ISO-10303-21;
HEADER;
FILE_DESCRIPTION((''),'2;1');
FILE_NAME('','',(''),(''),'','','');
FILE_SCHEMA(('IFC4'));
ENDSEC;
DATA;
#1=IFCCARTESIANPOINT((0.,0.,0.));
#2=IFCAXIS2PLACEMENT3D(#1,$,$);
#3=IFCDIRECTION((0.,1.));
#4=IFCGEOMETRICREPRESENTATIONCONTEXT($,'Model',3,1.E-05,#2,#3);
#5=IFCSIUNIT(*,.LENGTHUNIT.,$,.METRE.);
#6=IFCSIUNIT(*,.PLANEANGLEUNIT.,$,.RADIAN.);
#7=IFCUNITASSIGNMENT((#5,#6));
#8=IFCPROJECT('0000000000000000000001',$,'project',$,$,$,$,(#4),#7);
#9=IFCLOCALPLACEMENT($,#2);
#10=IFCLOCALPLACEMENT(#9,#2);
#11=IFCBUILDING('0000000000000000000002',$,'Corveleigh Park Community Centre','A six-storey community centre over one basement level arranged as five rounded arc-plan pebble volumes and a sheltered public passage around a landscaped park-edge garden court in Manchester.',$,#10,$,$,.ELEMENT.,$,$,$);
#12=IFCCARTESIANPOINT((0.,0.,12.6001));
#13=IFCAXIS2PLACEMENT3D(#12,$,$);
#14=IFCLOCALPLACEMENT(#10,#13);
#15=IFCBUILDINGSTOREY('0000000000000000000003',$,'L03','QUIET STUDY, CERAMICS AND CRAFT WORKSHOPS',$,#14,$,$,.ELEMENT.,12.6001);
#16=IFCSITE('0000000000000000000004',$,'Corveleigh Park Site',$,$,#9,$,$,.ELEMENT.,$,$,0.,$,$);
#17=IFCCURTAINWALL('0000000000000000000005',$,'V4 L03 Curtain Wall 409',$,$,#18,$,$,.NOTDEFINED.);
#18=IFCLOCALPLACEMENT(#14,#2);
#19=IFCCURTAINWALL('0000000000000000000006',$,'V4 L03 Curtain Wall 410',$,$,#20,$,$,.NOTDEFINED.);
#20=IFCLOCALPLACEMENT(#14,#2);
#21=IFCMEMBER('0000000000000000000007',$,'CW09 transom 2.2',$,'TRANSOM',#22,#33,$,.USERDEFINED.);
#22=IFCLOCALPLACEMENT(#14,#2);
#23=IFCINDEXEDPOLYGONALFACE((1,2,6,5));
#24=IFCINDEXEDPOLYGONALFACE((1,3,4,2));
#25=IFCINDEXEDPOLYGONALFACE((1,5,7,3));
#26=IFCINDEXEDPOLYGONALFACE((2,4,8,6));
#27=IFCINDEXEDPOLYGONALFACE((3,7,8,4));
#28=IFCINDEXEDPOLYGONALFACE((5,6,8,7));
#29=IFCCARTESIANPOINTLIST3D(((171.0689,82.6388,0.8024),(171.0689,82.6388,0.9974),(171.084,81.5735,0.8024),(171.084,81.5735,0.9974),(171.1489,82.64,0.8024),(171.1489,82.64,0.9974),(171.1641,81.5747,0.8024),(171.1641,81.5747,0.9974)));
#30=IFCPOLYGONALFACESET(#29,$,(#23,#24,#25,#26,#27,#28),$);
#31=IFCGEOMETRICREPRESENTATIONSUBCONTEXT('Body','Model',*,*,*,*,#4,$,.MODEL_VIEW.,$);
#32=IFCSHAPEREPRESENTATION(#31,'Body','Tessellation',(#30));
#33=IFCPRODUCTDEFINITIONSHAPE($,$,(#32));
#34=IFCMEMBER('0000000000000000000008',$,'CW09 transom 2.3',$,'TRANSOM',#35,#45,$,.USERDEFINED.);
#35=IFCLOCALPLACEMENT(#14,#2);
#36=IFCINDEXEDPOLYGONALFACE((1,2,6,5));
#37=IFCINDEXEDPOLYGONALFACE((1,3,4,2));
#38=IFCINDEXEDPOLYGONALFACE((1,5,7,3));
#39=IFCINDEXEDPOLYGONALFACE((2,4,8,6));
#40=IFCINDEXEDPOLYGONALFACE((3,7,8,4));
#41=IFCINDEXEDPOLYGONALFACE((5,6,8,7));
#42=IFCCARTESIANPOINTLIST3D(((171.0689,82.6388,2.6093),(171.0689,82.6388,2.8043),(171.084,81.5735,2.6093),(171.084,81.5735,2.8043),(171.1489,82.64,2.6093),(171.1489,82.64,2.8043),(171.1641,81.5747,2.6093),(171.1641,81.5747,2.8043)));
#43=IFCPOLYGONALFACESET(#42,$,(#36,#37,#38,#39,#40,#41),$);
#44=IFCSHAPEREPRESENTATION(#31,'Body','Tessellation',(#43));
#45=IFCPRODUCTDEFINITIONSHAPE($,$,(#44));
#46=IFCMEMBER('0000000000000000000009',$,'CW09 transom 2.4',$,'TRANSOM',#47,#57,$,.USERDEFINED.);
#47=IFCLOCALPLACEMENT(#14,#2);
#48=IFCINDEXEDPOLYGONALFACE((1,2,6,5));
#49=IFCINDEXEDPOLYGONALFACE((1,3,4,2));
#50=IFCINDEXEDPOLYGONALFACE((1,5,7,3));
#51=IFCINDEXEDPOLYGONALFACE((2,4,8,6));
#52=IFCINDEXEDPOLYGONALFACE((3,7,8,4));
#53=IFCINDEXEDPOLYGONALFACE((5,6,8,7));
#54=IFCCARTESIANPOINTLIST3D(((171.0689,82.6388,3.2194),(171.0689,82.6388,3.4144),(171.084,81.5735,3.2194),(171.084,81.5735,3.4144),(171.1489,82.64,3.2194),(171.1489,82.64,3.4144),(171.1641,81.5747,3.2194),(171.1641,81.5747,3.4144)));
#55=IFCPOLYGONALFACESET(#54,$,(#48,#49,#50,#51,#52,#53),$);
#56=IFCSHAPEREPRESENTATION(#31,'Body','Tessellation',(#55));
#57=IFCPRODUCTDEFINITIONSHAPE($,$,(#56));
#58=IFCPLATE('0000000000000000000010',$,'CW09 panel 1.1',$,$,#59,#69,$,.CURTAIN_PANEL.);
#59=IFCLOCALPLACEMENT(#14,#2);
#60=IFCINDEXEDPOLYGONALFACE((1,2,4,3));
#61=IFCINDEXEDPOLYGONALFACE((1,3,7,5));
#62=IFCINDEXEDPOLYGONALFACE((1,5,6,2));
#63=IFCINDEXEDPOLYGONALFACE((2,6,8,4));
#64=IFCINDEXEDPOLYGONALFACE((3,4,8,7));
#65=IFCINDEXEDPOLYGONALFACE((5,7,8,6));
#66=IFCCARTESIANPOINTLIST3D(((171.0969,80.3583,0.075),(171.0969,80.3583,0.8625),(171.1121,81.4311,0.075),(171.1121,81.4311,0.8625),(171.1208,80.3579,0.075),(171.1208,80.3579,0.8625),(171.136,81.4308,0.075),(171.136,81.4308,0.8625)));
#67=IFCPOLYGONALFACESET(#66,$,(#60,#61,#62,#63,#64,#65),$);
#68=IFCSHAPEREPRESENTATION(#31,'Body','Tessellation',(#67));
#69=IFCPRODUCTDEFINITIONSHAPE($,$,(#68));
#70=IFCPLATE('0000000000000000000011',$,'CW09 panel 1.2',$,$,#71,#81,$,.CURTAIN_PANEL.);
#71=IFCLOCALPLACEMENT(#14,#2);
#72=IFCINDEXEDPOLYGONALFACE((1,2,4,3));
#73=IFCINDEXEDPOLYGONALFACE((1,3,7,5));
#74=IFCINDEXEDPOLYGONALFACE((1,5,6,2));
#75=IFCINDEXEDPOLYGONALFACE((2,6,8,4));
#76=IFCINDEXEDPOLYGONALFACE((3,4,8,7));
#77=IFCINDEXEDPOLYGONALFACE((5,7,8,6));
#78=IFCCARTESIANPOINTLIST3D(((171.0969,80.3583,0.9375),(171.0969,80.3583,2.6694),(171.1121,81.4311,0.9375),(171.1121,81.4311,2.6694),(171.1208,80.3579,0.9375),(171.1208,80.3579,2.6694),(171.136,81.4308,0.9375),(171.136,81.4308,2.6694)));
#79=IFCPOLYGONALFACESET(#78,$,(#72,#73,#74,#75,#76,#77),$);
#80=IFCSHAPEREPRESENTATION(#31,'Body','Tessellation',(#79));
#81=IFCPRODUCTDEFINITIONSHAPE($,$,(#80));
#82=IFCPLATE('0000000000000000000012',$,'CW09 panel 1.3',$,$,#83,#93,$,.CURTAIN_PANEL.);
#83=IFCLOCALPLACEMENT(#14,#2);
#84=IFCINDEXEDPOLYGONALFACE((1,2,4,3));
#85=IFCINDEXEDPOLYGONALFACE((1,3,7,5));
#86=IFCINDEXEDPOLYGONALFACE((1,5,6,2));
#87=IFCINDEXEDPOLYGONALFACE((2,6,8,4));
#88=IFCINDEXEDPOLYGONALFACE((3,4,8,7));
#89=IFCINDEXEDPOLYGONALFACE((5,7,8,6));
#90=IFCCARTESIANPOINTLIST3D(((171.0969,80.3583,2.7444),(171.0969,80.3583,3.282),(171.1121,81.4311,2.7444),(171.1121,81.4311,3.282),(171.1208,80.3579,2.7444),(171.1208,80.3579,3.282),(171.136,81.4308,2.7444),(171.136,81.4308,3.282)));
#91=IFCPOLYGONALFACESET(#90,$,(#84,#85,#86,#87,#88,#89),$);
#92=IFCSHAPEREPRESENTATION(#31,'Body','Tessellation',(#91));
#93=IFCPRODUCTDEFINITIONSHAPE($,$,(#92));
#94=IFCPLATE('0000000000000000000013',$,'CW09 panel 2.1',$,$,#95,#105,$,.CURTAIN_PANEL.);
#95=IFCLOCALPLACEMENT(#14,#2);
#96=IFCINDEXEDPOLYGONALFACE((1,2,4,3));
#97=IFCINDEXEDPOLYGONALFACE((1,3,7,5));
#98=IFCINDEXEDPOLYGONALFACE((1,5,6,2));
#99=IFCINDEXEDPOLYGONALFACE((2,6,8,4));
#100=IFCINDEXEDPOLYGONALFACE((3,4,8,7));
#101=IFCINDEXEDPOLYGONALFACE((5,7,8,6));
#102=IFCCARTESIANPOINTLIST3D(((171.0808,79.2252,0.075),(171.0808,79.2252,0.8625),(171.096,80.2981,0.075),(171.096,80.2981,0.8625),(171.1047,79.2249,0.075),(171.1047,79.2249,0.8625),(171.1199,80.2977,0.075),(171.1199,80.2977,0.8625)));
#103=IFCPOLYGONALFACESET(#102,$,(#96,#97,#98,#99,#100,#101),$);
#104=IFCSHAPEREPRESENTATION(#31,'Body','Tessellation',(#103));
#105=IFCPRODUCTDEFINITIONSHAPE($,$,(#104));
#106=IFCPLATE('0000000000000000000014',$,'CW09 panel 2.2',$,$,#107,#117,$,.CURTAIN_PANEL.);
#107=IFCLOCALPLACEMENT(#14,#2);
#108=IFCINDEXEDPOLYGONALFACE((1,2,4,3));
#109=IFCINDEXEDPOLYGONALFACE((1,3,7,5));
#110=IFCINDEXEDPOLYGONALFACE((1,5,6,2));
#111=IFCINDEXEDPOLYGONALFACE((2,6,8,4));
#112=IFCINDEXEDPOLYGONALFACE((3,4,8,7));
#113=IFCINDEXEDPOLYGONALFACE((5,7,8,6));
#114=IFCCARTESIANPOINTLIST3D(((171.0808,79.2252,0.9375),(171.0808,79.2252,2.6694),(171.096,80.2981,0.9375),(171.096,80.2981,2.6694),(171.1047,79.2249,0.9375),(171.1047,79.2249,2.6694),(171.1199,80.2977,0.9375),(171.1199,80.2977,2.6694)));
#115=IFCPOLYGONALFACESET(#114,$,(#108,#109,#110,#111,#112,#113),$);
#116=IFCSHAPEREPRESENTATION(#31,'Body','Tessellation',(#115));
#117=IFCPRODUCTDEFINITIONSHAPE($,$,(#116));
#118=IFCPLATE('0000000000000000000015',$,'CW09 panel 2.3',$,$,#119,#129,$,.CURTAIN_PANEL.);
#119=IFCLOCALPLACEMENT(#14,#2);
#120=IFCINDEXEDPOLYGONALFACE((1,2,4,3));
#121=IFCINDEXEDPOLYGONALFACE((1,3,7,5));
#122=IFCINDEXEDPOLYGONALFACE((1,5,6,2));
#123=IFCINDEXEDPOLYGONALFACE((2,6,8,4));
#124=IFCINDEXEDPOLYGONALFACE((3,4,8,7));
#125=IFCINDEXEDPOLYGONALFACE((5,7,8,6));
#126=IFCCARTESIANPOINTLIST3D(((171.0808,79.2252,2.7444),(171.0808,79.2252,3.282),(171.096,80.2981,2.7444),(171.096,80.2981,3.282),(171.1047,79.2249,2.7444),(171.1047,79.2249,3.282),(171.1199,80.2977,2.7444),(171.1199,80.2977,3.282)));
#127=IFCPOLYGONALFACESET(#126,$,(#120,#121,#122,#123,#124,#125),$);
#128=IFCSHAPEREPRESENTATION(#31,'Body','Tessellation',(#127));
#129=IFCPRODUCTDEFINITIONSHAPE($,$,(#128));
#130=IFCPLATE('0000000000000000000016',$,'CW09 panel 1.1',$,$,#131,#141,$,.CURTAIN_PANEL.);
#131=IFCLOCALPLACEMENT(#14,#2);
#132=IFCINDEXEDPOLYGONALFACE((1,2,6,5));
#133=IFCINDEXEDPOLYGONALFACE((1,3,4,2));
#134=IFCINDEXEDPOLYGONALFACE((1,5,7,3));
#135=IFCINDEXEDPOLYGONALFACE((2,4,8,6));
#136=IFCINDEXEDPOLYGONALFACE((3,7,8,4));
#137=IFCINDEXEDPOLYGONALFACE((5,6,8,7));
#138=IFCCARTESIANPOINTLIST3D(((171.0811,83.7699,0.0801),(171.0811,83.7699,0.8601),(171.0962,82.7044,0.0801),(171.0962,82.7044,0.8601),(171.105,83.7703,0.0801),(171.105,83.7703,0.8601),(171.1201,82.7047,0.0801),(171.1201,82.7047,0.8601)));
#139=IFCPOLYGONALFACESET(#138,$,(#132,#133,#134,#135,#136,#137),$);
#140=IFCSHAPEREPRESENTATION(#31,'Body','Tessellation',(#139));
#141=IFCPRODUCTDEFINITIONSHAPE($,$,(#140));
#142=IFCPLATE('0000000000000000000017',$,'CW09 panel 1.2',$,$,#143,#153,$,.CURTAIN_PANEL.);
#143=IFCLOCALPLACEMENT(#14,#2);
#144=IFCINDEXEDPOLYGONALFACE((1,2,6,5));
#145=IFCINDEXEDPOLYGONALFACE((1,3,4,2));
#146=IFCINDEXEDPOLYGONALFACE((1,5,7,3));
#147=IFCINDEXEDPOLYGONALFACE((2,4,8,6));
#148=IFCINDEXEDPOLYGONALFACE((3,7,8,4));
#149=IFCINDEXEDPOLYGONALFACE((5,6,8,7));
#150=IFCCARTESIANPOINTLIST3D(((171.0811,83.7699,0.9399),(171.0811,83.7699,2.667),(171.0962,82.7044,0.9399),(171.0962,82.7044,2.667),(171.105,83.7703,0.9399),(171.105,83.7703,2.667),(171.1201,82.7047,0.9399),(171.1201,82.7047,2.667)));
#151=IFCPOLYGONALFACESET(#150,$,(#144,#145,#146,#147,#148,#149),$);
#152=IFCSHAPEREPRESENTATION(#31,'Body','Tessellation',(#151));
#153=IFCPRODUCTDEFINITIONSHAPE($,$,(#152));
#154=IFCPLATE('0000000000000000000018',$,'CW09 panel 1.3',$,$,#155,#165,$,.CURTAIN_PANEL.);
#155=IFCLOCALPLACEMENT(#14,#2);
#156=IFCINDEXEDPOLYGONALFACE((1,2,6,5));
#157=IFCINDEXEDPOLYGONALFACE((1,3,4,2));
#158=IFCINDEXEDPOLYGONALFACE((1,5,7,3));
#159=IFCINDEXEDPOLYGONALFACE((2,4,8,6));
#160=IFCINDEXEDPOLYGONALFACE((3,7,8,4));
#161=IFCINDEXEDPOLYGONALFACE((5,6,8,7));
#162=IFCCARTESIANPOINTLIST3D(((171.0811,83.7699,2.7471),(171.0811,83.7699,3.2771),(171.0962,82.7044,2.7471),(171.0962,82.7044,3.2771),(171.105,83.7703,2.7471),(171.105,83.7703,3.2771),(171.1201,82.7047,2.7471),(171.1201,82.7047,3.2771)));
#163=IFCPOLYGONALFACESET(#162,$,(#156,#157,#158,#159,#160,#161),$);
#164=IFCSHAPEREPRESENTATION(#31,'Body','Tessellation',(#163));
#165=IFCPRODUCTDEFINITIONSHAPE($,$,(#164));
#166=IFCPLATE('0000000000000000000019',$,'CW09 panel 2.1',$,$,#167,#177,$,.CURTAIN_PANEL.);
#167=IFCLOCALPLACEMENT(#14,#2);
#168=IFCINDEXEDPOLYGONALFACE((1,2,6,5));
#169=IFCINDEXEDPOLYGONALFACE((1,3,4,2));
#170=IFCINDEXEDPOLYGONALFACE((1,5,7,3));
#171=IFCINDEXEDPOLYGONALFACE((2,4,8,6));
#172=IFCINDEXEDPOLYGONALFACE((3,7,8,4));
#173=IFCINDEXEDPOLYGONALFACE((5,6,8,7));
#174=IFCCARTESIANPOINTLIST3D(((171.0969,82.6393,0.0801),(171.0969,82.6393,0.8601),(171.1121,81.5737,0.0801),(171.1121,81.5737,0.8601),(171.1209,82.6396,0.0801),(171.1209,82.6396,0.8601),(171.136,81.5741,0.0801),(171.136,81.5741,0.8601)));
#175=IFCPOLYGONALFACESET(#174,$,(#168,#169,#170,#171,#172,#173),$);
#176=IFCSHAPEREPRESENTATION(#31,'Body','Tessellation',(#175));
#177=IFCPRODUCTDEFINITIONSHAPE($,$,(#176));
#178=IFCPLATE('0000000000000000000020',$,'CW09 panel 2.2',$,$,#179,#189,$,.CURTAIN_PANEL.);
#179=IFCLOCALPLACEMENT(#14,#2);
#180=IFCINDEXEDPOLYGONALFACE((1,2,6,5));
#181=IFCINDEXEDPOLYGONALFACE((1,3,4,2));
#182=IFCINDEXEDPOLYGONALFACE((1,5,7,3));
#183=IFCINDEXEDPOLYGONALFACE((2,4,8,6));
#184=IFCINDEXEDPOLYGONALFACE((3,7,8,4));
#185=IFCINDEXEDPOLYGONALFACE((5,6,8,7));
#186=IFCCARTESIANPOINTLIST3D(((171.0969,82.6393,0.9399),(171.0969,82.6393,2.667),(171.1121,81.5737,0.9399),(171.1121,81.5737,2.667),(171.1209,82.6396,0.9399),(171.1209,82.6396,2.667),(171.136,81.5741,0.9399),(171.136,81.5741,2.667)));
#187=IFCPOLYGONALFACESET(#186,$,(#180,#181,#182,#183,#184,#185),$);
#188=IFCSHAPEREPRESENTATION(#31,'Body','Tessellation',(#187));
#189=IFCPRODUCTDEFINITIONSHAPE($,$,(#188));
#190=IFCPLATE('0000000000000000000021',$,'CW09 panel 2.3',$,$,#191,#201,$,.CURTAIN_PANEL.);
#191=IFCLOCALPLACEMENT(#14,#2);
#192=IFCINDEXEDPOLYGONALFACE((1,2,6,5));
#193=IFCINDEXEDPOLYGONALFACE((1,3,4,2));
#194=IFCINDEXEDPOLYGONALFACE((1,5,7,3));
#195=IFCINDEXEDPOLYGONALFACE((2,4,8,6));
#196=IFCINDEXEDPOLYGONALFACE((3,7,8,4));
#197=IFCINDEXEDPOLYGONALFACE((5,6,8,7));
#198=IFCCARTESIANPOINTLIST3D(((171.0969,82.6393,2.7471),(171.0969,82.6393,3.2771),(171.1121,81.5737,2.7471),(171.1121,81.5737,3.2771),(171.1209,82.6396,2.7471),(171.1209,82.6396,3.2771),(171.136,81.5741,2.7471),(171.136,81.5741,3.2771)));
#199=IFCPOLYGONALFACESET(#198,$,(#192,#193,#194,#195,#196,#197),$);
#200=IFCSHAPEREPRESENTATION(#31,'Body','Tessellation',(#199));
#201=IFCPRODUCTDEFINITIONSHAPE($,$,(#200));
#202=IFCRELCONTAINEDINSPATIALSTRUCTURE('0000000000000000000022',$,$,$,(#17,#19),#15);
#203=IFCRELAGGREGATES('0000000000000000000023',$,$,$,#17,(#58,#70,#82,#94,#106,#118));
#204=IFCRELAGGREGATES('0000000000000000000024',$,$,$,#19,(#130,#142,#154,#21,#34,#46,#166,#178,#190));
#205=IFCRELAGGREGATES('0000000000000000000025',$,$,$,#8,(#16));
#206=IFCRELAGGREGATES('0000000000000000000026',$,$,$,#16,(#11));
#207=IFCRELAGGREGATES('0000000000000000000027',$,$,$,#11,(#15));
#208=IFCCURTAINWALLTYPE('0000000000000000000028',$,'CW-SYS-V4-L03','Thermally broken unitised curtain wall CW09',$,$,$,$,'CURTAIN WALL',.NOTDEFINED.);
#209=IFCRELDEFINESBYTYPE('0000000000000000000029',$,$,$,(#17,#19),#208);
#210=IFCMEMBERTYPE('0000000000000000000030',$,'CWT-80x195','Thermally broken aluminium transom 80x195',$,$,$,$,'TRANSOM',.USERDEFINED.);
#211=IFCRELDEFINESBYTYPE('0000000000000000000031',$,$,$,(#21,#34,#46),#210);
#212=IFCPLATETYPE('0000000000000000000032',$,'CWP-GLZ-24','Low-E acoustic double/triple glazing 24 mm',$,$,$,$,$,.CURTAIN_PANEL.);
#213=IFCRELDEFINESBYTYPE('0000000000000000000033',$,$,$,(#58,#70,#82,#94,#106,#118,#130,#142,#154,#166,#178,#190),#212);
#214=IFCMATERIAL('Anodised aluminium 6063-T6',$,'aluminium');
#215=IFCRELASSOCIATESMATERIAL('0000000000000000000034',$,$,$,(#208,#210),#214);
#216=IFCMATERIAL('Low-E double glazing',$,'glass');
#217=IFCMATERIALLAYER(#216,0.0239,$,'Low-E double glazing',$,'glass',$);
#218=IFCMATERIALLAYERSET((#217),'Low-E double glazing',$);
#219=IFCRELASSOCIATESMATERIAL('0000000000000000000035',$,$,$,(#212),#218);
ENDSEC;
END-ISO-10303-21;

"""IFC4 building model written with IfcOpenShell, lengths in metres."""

from ifc_helpers import new_model, si_unit, direction, frame, origin, origin_2d, place, context, subcontext, project, spatial, rectangle, extrude, material, layer, layer_set, material_profile, profile_set, type_object, element, aggregate, save


model = new_model("IFC4")

# Units and contexts
model_context = context("Model", 3, precision=1e-05, world=origin(), true_north=direction((0.0, 1.0)))
body_context = subcontext(model_context, "Body", "Model", "MODEL_VIEW")
ifc_project = project(units=[si_unit("LENGTHUNIT", "METRE"), si_unit("PLANEANGLEUNIT", "RADIAN")], contexts=[model_context])

# Site, building, storey
site_placement = place(None, origin())
site = spatial("IfcSite", under=ifc_project, at=site_placement, Name="Corveleigh Park Site", CompositionType="ELEMENT", RefElevation=0.0)
building_placement = place(site_placement, origin())
building = spatial("IfcBuilding", under=site, at=building_placement, Name="Corveleigh Park Community Centre", Description="A six-storey community centre over one basement level arranged as five rounded arc-plan pebble volumes and a sheltered public passage around a landscaped park-edge garden court in Manchester.", CompositionType="ELEMENT")
storey_placement = place(building_placement, frame((0.0, 0.0, 12.6001)))
storey = spatial("IfcBuildingStorey", under=building, at=storey_placement, Name="L03", Description="QUIET STUDY, CERAMICS AND CRAFT WORKSHOPS", CompositionType="ELEMENT", Elevation=12.6001)

# Curtain walls
ifc_material_1 = material(Name="Anodised aluminium 6063-T6", Category="aluminium")
curtain_wall_type = type_object("IfcCurtainWallType", Name="CW-SYS-V4-L03", Description="Thermally broken unitised curtain wall CW09", ElementType="CURTAIN WALL", PredefinedType="NOTDEFINED", material=ifc_material_1)
curtain_wall_1_placement = place(storey_placement, origin())
curtain_wall_1 = element("IfcCurtainWall", 1, at=curtain_wall_1_placement, inside=storey, type_object=curtain_wall_type, Name="V4 L03 Curtain Wall 409", PredefinedType="NOTDEFINED")
curtain_wall_2_placement = place(storey_placement, origin())
curtain_wall_2 = element("IfcCurtainWall", 2, at=curtain_wall_2_placement, inside=storey, type_object=curtain_wall_type, Name="V4 L03 Curtain Wall 410", PredefinedType="NOTDEFINED")

# Members
ifc_material_profile_1 = material_profile(ifc_material_1, rectangle(XDim=0.0801, YDim=0.1951, at=origin_2d()), Name="ALU-T80x195", Category="aluminium")
ifc_profile_set_1 = profile_set([ifc_material_profile_1], Name="Anodised aluminium 6063-T6")
member_type_1 = type_object("IfcMemberType", Name="CWT-80x195", Description="Thermally broken aluminium transom 80x195", ElementType="TRANSOM", PredefinedType="USERDEFINED", material=ifc_profile_set_1)
member_1_placement = place(storey_placement, frame((171.1089, 82.6394, 0.8999), z_axis=(0.014206, -0.999899, 0.0), x_axis=(0.999899, 0.014206, 0.0)))
member_1 = element("IfcMember", 3, at=member_1_placement, type_object=member_type_1, Name="CW09 transom 2.2", ObjectType="TRANSOM", PredefinedType="USERDEFINED", context=body_context, shape_type="SweptSolid", body=[
    extrude(rectangle(XDim=0.0801, YDim=0.1951, at=origin_2d()), origin(), (0.0, 0.0, 1.0), 1.0654),
])
member_2_placement = place(storey_placement, frame((171.1089, 82.6394, 2.7068), z_axis=(0.014206, -0.999899, 0.0), x_axis=(0.999899, 0.014206, 0.0)))
member_2 = element("IfcMember", 4, at=member_2_placement, type_object=member_type_1, Name="CW09 transom 2.3", ObjectType="TRANSOM", PredefinedType="USERDEFINED", context=body_context, shape_type="SweptSolid", body=[
    extrude(rectangle(XDim=0.0801, YDim=0.1951, at=origin_2d()), origin(), (0.0, 0.0, 1.0), 1.0654),
])
member_3_placement = place(storey_placement, frame((171.1089, 82.6394, 3.3169), z_axis=(0.014206, -0.999899, 0.0), x_axis=(0.999899, 0.014206, 0.0)))
member_3 = element("IfcMember", 5, at=member_3_placement, type_object=member_type_1, Name="CW09 transom 2.4", ObjectType="TRANSOM", PredefinedType="USERDEFINED", context=body_context, shape_type="SweptSolid", body=[
    extrude(rectangle(XDim=0.0801, YDim=0.1951, at=origin_2d()), origin(), (0.0, 0.0, 1.0), 1.0654),
])

# Plates
ifc_material_2 = material(Name="Low-E double glazing", Category="glass")
ifc_layer_1 = layer(ifc_material_2, 0.0239, Name="Low-E double glazing", Category="glass")
ifc_layer_set_1 = layer_set([ifc_layer_1], Name="Low-E double glazing")
plate_type = type_object("IfcPlateType", Name="CWP-GLZ-24", Description="Low-E acoustic double/triple glazing 24 mm", PredefinedType="CURTAIN_PANEL", material=ifc_layer_set_1)
plate_1_placement = place(storey_placement, frame((171.1165, 80.8945, 0.075), z_axis=(0.0, 0.0, 1.0), x_axis=(-0.014186, -0.999899, 0.0)))
plate_1 = element("IfcPlate", 6, at=plate_1_placement, type_object=plate_type, Name="CW09 panel 1.1", PredefinedType="CURTAIN_PANEL", context=body_context, shape_type="SweptSolid", body=[
    extrude(rectangle(XDim=1.073, YDim=0.0239, at=origin_2d()), origin(), (0.0, 0.0, 1.0), 0.7876),
])
plate_2_placement = place(storey_placement, frame((171.1165, 80.8945, 0.9375), z_axis=(0.0, 0.0, 1.0), x_axis=(-0.014186, -0.999899, 0.0)))
plate_2 = element("IfcPlate", 7, at=plate_2_placement, type_object=plate_type, Name="CW09 panel 1.2", PredefinedType="CURTAIN_PANEL", context=body_context, shape_type="SweptSolid", body=[
    extrude(rectangle(XDim=1.073, YDim=0.0239, at=origin_2d()), origin(), (0.0, 0.0, 1.0), 1.7319),
])
plate_3_placement = place(storey_placement, frame((171.1165, 80.8945, 2.7444), z_axis=(0.0, 0.0, 1.0), x_axis=(-0.014186, -0.999899, 0.0)))
plate_3 = element("IfcPlate", 8, at=plate_3_placement, type_object=plate_type, Name="CW09 panel 1.3", PredefinedType="CURTAIN_PANEL", context=body_context, shape_type="SweptSolid", body=[
    extrude(rectangle(XDim=1.073, YDim=0.0239, at=origin_2d()), origin(), (0.0, 0.0, 1.0), 0.5376),
])
plate_4_placement = place(storey_placement, frame((171.1003, 79.7615, 0.075), z_axis=(0.0, 0.0, 1.0), x_axis=(-0.014186, -0.999899, 0.0)))
plate_4 = element("IfcPlate", 9, at=plate_4_placement, type_object=plate_type, Name="CW09 panel 2.1", PredefinedType="CURTAIN_PANEL", context=body_context, shape_type="SweptSolid", body=[
    extrude(rectangle(XDim=1.073, YDim=0.0239, at=origin_2d()), origin(), (0.0, 0.0, 1.0), 0.7876),
])
plate_5_placement = place(storey_placement, frame((171.1003, 79.7615, 0.9375), z_axis=(0.0, 0.0, 1.0), x_axis=(-0.014186, -0.999899, 0.0)))
plate_5 = element("IfcPlate", 10, at=plate_5_placement, type_object=plate_type, Name="CW09 panel 2.2", PredefinedType="CURTAIN_PANEL", context=body_context, shape_type="SweptSolid", body=[
    extrude(rectangle(XDim=1.073, YDim=0.0239, at=origin_2d()), origin(), (0.0, 0.0, 1.0), 1.7319),
])
plate_6_placement = place(storey_placement, frame((171.1003, 79.7615, 2.7444), z_axis=(0.0, 0.0, 1.0), x_axis=(-0.014186, -0.999899, 0.0)))
plate_6 = element("IfcPlate", 11, at=plate_6_placement, type_object=plate_type, Name="CW09 panel 2.3", PredefinedType="CURTAIN_PANEL", context=body_context, shape_type="SweptSolid", body=[
    extrude(rectangle(XDim=1.073, YDim=0.0239, at=origin_2d()), origin(), (0.0, 0.0, 1.0), 0.5376),
])
aggregate(curtain_wall_1, [plate_1, plate_2, plate_3, plate_4, plate_5, plate_6])
plate_7_placement = place(storey_placement, frame((171.1006, 83.2373, 0.0801), z_axis=(0.0, 0.0, 1.0), x_axis=(0.014186, -0.999899, 0.0)))
plate_7 = element("IfcPlate", 12, at=plate_7_placement, type_object=plate_type, Name="CW09 panel 1.1", PredefinedType="CURTAIN_PANEL", context=body_context, shape_type="SweptSolid", body=[
    extrude(rectangle(XDim=1.0657, YDim=0.0239, at=origin_2d()), origin(), (0.0, 0.0, 1.0), 0.78),
])
plate_8_placement = place(storey_placement, frame((171.1006, 83.2373, 0.9399), z_axis=(0.0, 0.0, 1.0), x_axis=(0.014186, -0.999899, 0.0)))
plate_8 = element("IfcPlate", 13, at=plate_8_placement, type_object=plate_type, Name="CW09 panel 1.2", PredefinedType="CURTAIN_PANEL", context=body_context, shape_type="SweptSolid", body=[
    extrude(rectangle(XDim=1.0657, YDim=0.0239, at=origin_2d()), origin(), (0.0, 0.0, 1.0), 1.7271),
])
plate_9_placement = place(storey_placement, frame((171.1006, 83.2373, 2.7471), z_axis=(0.0, 0.0, 1.0), x_axis=(0.014186, -0.999899, 0.0)))
plate_9 = element("IfcPlate", 14, at=plate_9_placement, type_object=plate_type, Name="CW09 panel 1.3", PredefinedType="CURTAIN_PANEL", context=body_context, shape_type="SweptSolid", body=[
    extrude(rectangle(XDim=1.0657, YDim=0.0239, at=origin_2d()), origin(), (0.0, 0.0, 1.0), 0.53),
])
plate_10_placement = place(storey_placement, frame((171.1165, 82.1067, 0.0801), z_axis=(0.0, 0.0, 1.0), x_axis=(0.014186, -0.999899, 0.0)))
plate_10 = element("IfcPlate", 15, at=plate_10_placement, type_object=plate_type, Name="CW09 panel 2.1", PredefinedType="CURTAIN_PANEL", context=body_context, shape_type="SweptSolid", body=[
    extrude(rectangle(XDim=1.0657, YDim=0.0239, at=origin_2d()), origin(), (0.0, 0.0, 1.0), 0.78),
])
plate_11_placement = place(storey_placement, frame((171.1165, 82.1067, 0.9399), z_axis=(0.0, 0.0, 1.0), x_axis=(0.014186, -0.999899, 0.0)))
plate_11 = element("IfcPlate", 16, at=plate_11_placement, type_object=plate_type, Name="CW09 panel 2.2", PredefinedType="CURTAIN_PANEL", context=body_context, shape_type="SweptSolid", body=[
    extrude(rectangle(XDim=1.0657, YDim=0.0239, at=origin_2d()), origin(), (0.0, 0.0, 1.0), 1.7271),
])
plate_12_placement = place(storey_placement, frame((171.1165, 82.1067, 2.7471), z_axis=(0.0, 0.0, 1.0), x_axis=(0.014186, -0.999899, 0.0)))
plate_12 = element("IfcPlate", 17, at=plate_12_placement, type_object=plate_type, Name="CW09 panel 2.3", PredefinedType="CURTAIN_PANEL", context=body_context, shape_type="SweptSolid", body=[
    extrude(rectangle(XDim=1.0657, YDim=0.0239, at=origin_2d()), origin(), (0.0, 0.0, 1.0), 0.53),
])
aggregate(curtain_wall_2, [plate_7, plate_8, plate_9, member_1, member_2, member_3, plate_10, plate_11, plate_12])

save(model, "model.ifc")
